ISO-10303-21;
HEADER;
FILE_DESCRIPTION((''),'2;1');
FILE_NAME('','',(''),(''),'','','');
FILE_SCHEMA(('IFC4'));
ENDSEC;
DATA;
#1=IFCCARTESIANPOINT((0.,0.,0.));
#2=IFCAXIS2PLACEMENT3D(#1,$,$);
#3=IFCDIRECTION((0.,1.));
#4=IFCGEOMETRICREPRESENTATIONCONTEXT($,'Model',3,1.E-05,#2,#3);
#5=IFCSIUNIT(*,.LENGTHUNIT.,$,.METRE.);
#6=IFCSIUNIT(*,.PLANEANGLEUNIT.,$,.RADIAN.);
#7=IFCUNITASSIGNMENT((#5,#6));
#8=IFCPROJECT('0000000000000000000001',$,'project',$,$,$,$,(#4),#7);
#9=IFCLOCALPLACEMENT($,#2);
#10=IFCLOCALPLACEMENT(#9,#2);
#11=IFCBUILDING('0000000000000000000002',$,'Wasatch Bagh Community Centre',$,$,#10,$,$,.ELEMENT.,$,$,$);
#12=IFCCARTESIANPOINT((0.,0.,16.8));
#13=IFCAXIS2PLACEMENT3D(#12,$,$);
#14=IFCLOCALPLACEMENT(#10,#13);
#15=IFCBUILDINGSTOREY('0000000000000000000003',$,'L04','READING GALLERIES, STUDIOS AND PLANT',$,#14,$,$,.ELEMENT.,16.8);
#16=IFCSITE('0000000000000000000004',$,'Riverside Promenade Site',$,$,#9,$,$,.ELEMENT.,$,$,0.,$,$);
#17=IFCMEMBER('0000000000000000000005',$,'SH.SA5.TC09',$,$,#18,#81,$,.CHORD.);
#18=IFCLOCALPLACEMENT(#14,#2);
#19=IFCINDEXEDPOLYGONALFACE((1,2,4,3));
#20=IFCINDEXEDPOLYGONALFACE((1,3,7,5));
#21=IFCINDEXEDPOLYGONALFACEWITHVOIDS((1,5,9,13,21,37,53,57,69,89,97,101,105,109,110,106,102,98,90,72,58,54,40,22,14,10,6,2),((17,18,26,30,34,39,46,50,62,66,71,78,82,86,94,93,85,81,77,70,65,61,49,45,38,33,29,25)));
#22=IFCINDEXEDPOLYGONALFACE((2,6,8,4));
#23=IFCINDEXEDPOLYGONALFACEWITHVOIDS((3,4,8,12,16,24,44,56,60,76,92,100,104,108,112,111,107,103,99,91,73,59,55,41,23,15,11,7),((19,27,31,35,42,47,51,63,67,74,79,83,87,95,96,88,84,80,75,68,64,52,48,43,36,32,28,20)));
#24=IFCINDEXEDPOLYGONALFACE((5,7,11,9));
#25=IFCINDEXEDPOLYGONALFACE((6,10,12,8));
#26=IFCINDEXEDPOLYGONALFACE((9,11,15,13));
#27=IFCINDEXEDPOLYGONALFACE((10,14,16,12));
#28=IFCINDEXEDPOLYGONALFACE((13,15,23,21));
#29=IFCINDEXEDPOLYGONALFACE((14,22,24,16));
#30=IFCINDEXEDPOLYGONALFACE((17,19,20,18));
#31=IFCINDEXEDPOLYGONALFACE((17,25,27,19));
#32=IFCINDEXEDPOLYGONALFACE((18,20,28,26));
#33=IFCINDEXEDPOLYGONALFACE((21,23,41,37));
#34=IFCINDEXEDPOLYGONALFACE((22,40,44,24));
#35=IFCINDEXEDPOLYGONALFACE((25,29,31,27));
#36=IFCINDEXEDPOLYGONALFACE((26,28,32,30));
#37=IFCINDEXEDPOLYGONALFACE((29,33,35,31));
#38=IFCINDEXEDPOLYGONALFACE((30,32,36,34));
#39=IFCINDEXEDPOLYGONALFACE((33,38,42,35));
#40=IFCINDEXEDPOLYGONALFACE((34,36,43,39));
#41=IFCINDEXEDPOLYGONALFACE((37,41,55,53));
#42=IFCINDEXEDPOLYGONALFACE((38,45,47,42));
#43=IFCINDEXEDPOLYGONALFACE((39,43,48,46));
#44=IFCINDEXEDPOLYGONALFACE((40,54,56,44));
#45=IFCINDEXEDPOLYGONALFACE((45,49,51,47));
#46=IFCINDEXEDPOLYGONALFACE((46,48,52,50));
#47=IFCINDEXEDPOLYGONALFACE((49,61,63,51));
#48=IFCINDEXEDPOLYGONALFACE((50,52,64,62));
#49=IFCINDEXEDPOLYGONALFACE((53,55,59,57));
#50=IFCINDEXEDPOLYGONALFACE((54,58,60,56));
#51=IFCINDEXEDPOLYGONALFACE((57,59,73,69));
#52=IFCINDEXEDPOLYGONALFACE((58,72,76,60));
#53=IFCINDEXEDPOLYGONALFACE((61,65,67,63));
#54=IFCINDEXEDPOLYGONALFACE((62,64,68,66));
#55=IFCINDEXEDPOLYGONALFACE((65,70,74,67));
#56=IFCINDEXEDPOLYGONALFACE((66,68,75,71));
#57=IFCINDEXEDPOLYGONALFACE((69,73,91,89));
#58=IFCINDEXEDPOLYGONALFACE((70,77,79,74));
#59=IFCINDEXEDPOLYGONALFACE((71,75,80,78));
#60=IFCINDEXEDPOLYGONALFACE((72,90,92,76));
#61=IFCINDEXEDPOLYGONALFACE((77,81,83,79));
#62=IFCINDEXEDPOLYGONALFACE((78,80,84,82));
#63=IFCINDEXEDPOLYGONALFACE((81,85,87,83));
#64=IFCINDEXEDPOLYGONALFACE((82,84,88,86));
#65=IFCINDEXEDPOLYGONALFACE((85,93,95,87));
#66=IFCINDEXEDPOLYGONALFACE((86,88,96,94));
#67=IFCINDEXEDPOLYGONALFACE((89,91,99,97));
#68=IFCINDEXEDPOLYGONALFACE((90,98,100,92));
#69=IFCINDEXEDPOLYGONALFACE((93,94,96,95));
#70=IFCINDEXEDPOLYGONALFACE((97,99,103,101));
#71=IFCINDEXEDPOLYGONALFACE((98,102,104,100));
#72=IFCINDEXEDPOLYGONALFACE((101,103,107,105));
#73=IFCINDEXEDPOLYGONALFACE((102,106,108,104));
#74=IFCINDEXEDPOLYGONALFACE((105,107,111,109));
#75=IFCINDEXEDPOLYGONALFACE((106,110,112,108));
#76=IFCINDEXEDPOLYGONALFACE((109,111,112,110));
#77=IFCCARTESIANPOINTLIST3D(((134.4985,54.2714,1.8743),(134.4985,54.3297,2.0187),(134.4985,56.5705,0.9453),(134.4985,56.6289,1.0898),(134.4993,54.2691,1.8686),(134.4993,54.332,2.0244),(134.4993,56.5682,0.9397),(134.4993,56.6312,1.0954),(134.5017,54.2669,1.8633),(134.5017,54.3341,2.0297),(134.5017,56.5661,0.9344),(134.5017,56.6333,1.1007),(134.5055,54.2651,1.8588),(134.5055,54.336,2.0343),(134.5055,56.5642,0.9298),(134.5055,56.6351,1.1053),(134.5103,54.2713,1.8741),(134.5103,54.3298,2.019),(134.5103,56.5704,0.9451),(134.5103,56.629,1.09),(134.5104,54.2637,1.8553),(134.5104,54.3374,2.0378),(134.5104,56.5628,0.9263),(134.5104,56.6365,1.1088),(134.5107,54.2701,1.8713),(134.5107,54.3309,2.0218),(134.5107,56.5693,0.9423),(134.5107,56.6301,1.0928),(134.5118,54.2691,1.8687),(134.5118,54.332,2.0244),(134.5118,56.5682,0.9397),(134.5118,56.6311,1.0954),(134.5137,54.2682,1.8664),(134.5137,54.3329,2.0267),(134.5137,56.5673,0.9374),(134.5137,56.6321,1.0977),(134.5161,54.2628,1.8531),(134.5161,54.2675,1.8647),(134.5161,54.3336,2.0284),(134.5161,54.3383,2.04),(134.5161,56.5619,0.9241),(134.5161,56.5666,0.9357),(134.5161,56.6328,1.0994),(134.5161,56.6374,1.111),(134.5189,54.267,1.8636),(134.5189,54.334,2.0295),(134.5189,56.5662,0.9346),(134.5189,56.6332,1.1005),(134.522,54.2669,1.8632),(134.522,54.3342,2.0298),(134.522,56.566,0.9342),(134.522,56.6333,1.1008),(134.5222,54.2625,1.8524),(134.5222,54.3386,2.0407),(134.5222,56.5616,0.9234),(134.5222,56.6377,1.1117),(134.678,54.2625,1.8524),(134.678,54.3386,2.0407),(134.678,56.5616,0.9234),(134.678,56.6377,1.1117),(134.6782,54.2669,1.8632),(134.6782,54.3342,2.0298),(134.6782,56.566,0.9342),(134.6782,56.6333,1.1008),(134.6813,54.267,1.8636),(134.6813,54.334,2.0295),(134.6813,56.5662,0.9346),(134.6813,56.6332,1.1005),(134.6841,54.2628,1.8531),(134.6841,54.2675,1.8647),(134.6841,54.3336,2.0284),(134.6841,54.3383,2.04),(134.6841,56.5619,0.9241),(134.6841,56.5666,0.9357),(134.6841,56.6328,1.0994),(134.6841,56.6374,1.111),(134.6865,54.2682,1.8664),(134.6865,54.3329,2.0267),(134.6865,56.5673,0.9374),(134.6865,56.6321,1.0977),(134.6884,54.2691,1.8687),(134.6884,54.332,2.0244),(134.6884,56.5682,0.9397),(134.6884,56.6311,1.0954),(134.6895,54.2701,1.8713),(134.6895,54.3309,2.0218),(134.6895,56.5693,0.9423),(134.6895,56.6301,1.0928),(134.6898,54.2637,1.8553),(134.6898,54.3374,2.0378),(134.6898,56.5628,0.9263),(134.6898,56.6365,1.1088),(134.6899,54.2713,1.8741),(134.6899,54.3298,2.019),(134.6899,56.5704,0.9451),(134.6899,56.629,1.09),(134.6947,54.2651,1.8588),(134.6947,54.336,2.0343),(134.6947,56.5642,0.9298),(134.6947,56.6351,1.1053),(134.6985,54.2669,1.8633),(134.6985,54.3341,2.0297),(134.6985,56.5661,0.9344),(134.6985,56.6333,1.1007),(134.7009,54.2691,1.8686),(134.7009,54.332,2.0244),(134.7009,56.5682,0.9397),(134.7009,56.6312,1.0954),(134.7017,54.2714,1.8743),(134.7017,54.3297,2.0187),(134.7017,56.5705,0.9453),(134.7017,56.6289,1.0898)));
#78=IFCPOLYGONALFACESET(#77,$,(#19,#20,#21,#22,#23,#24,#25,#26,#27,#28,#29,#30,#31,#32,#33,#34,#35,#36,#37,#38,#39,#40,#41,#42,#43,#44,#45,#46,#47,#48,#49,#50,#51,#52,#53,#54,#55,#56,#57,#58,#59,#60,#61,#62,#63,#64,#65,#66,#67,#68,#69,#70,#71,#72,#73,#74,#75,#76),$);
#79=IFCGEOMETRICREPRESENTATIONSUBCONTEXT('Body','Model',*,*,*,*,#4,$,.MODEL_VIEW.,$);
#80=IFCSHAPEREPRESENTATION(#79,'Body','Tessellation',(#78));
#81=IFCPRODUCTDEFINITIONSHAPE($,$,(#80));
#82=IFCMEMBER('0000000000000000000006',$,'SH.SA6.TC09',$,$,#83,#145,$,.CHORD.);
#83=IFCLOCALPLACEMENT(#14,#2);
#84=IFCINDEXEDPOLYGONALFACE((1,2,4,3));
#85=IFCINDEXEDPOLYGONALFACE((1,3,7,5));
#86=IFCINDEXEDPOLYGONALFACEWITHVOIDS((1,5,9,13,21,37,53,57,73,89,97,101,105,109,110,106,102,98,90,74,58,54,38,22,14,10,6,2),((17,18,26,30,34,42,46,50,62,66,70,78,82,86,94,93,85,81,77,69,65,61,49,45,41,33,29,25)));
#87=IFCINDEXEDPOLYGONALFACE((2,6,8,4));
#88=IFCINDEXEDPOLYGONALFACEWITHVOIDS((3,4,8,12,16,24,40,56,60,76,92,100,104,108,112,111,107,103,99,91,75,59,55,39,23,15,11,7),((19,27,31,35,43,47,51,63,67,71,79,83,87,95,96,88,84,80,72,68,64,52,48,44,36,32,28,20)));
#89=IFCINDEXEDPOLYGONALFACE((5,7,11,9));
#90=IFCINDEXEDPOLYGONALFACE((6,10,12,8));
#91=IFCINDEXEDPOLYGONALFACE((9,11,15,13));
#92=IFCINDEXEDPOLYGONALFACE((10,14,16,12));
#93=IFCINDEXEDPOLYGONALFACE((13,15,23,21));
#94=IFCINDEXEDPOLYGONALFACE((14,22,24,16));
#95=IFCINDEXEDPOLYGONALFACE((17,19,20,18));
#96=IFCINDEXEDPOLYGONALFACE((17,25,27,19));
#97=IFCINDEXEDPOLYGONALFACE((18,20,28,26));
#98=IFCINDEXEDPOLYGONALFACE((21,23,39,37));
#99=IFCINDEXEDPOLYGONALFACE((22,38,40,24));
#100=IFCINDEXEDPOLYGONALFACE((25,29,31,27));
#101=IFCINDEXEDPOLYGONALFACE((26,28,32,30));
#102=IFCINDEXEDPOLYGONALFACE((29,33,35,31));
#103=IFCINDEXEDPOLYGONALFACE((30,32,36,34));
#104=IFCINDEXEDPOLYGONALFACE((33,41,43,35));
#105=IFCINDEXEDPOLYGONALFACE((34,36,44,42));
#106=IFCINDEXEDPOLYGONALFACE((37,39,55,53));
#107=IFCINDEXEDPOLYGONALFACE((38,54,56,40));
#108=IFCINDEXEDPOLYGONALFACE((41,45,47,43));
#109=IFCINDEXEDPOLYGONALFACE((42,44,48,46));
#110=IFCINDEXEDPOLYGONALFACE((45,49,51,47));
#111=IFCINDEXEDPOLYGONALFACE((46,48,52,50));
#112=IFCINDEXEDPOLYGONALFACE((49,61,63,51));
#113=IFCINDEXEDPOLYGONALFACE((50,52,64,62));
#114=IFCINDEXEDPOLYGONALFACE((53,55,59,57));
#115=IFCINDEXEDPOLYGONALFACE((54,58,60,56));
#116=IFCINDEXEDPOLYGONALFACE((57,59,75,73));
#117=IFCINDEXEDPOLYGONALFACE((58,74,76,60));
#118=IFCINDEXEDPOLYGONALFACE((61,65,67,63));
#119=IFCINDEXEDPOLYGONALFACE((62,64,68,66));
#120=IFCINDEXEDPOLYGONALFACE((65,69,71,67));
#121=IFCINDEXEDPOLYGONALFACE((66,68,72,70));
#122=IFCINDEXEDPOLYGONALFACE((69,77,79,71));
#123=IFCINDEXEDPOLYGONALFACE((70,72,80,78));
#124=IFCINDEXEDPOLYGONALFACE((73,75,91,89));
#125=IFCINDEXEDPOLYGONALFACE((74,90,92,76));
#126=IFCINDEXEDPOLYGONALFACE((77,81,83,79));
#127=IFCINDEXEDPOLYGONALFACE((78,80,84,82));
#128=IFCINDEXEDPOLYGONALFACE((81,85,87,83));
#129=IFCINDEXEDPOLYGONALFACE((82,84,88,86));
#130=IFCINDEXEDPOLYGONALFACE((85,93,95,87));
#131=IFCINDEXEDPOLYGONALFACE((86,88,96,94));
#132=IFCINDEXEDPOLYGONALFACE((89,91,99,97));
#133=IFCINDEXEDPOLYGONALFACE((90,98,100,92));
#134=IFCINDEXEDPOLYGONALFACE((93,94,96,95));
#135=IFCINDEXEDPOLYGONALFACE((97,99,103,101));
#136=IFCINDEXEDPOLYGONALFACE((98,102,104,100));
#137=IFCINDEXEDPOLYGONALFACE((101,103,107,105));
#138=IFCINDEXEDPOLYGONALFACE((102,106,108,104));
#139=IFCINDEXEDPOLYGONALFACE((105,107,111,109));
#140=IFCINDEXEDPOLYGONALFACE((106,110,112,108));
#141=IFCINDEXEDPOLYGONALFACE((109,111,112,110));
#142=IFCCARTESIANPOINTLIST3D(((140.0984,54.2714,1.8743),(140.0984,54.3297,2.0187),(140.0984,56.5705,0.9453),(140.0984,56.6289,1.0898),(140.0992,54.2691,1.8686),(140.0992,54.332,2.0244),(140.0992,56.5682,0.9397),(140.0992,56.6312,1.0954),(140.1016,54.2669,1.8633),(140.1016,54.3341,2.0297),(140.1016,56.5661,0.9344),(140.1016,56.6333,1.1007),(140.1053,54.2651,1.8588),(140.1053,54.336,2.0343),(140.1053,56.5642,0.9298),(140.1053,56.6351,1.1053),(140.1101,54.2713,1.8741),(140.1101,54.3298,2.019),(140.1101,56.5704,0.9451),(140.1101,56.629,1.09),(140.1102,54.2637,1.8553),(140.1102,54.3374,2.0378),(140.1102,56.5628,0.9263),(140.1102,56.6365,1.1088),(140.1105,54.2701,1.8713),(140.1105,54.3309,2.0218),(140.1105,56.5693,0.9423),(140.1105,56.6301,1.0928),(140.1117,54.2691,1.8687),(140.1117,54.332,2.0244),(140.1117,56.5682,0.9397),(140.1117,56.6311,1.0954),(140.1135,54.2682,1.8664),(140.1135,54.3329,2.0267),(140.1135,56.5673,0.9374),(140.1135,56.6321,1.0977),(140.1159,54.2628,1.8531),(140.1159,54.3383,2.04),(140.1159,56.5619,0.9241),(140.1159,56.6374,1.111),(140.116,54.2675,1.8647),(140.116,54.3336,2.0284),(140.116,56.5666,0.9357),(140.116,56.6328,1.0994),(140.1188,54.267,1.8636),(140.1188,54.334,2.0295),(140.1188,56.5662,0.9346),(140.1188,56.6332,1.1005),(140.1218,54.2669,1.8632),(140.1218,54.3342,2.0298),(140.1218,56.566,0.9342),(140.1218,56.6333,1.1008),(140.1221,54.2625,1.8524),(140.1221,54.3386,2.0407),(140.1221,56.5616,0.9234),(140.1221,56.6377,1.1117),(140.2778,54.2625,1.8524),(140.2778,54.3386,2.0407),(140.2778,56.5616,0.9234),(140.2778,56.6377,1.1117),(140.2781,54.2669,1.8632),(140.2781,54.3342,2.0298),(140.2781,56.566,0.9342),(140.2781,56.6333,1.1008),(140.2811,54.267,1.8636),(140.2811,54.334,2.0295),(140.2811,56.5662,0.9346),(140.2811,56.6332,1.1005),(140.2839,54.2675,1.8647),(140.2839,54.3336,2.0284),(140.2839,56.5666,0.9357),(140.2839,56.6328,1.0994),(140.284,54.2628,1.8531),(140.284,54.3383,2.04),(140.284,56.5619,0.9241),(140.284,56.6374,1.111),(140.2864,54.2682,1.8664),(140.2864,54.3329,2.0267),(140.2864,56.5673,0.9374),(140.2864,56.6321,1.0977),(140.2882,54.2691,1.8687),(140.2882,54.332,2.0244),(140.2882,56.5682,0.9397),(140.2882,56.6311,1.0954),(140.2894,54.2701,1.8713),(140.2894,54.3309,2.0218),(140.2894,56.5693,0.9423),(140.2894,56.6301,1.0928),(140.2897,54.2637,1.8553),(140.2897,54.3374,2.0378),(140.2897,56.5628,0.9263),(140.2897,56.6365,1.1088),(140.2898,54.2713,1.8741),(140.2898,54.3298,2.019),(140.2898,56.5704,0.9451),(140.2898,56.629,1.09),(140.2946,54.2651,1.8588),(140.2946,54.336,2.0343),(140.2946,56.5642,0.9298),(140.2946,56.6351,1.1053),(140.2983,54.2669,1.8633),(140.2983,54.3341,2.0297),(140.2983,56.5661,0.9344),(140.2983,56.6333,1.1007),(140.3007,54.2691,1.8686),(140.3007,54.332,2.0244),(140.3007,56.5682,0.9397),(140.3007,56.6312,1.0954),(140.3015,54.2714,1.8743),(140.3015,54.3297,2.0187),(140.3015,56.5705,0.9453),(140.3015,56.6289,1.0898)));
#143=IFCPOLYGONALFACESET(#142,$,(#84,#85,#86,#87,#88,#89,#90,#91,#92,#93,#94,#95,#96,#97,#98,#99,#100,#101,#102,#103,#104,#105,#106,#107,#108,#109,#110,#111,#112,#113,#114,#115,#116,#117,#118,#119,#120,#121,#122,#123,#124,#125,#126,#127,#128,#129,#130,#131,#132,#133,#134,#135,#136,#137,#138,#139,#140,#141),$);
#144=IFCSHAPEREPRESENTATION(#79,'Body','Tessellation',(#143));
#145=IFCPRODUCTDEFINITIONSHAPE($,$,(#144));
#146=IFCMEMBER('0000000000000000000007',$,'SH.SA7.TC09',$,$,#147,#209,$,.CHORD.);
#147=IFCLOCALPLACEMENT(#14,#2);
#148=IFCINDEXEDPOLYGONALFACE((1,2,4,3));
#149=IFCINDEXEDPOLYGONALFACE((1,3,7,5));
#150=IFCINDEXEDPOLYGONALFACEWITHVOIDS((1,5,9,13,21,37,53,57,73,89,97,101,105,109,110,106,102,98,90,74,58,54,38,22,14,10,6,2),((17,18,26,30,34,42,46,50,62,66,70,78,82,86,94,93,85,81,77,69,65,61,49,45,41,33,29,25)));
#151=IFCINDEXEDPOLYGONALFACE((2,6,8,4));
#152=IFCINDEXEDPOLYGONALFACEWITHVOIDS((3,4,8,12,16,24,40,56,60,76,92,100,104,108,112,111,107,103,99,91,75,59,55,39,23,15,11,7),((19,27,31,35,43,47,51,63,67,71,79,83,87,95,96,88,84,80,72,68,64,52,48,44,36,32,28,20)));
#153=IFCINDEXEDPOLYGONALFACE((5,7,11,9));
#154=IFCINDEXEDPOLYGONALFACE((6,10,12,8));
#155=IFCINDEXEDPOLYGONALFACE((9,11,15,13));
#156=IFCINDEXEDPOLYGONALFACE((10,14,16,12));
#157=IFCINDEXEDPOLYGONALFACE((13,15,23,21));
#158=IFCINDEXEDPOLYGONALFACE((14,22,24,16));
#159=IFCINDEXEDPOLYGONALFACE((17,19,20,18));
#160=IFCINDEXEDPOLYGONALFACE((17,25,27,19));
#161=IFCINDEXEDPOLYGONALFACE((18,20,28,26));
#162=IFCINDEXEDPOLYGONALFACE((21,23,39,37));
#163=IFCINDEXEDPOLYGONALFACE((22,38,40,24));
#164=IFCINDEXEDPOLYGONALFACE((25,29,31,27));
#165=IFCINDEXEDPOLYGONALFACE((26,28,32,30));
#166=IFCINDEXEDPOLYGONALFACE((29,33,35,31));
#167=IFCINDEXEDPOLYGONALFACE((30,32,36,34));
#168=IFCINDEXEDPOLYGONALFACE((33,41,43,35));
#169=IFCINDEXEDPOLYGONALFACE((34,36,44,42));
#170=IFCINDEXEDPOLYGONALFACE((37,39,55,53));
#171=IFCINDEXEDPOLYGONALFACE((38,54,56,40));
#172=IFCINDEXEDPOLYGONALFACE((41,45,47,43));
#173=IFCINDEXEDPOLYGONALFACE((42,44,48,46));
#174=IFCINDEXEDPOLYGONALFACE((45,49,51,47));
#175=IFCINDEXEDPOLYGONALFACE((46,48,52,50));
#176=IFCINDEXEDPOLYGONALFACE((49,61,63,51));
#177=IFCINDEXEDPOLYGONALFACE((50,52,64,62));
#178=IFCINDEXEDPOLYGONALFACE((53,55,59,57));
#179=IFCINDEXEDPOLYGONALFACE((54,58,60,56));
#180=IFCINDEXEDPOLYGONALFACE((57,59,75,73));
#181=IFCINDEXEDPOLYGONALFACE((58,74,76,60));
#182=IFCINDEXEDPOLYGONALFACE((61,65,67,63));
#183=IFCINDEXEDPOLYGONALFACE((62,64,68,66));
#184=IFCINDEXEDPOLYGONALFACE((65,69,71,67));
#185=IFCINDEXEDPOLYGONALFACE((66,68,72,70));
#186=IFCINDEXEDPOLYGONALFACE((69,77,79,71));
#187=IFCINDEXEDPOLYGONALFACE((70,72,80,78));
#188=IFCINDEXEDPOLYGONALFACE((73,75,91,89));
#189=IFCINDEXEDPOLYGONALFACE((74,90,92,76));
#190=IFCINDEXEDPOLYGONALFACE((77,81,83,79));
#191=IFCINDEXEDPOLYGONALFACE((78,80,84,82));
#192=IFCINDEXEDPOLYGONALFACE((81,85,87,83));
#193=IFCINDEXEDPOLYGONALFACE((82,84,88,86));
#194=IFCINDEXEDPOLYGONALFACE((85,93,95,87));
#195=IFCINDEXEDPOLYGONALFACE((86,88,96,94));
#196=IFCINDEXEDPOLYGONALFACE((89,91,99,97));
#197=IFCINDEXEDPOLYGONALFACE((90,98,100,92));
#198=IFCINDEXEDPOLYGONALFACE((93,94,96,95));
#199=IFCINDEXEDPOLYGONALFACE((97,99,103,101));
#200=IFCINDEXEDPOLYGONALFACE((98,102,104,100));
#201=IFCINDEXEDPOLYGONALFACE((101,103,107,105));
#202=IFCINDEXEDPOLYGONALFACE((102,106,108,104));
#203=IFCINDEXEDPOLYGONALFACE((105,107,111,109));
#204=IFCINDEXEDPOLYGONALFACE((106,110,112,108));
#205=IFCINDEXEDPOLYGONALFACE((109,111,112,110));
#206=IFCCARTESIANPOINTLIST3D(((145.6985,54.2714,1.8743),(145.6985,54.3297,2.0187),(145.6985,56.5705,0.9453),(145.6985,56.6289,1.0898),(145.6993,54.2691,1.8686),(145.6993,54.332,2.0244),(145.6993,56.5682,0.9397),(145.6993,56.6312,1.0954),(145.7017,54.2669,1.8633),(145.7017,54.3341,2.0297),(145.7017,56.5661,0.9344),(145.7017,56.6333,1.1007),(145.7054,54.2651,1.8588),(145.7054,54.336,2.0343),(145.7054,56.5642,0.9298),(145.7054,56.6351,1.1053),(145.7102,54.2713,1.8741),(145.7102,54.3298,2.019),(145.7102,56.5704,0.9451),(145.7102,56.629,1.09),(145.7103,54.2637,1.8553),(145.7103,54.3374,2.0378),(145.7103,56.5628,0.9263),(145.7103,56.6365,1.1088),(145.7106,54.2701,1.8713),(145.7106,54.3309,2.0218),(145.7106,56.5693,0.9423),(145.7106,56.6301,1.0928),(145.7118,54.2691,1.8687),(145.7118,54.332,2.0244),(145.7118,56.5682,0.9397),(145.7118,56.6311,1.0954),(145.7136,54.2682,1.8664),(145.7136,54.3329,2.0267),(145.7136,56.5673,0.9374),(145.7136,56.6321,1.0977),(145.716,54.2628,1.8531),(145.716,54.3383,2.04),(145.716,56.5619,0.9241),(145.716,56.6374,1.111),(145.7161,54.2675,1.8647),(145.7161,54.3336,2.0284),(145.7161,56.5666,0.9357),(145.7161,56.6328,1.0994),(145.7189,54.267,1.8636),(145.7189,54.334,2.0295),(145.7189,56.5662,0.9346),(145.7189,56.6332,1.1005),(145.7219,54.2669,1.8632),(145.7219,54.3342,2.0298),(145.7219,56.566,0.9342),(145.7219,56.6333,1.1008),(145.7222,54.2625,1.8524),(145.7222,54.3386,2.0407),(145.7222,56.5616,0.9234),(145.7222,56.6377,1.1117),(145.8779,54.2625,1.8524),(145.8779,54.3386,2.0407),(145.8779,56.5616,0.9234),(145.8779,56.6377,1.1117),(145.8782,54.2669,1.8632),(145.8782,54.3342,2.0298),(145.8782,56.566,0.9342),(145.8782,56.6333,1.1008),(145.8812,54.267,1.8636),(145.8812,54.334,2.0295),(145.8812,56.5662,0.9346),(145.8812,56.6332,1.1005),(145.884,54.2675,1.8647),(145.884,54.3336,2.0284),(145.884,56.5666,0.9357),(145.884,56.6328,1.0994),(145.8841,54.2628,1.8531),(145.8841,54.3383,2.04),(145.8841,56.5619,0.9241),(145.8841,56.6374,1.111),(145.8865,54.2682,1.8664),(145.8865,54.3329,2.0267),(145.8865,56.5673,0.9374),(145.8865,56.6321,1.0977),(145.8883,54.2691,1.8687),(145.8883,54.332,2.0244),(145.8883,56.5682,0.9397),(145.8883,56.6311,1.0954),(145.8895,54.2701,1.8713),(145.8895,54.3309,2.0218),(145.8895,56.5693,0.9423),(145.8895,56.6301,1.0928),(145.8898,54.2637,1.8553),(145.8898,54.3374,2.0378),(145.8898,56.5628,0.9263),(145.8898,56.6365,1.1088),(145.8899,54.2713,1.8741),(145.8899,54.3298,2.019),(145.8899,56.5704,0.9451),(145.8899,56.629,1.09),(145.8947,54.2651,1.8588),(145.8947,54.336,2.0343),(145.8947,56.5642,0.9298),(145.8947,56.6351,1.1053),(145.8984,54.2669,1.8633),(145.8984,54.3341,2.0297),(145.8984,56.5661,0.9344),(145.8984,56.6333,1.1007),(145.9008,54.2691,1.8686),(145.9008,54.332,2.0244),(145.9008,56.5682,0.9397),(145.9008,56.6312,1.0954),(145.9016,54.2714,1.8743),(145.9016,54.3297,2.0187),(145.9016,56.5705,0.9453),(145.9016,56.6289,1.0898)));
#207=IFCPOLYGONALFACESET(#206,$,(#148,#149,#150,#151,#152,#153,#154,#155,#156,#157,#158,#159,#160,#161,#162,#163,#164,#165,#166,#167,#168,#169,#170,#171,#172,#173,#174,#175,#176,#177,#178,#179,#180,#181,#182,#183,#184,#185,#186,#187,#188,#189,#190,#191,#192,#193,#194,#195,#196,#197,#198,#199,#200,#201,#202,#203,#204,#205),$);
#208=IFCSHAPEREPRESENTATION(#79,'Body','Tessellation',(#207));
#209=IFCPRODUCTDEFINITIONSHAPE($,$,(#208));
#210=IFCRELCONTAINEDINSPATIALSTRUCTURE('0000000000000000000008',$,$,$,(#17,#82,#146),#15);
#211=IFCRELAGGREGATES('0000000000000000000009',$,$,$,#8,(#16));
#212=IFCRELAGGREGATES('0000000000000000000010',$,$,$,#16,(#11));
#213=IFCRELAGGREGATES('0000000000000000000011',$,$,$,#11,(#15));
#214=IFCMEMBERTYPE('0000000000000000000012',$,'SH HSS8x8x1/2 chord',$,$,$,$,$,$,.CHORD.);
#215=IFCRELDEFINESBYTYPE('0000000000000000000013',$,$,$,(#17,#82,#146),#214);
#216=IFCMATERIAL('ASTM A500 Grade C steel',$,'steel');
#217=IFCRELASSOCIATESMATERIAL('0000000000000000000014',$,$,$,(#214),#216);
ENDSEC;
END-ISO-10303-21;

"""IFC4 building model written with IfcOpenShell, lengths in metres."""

from ifc_helpers import new_model, si_unit, direction, frame, origin, origin_2d, place, context, subcontext, project, spatial, hollow_rectangle, extrude, material, material_profile, profile_set, type_object, element, save


model = new_model("IFC4")

# Units and contexts
model_context = context("Model", 3, precision=1e-05, world=origin(), true_north=direction((0.0, 1.0)))
body_context = subcontext(model_context, "Body", "Model", "MODEL_VIEW")
ifc_project = project(units=[si_unit("LENGTHUNIT", "METRE"), si_unit("PLANEANGLEUNIT", "RADIAN")], contexts=[model_context])

# Site, building, storey
site_placement = place(None, origin())
site = spatial("IfcSite", under=ifc_project, at=site_placement, Name="Riverside Promenade Site", CompositionType="ELEMENT", RefElevation=0.0)
building_placement = place(site_placement, origin())
building = spatial("IfcBuilding", under=site, at=building_placement, Name="Wasatch Bagh Community Centre", CompositionType="ELEMENT")
storey_placement = place(building_placement, frame((0.0, 0.0, 16.8)))
storey = spatial("IfcBuildingStorey", under=building, at=storey_placement, Name="L04", Description="READING GALLERIES, STUDIOS AND PLANT", CompositionType="ELEMENT", Elevation=16.8)

# Members
ifc_material_1 = material(Name="ASTM A500 Grade C steel", Category="steel")
ifc_material_profile_1 = material_profile(ifc_material_1, hollow_rectangle(XDim=0.2031, YDim=0.2031, WallThickness=0.0117, InnerFilletRadius=0.0117, OuterFilletRadius=0.0237, at=origin_2d()), Name="HSS8x8x1/2")
ifc_profile_set_1 = profile_set([ifc_material_profile_1], Name="ASTM A500 Grade C steel")
member_type_1 = type_object("IfcMemberType", Name="SH HSS8x8x1/2 chord", PredefinedType="CHORD", material=ifc_profile_set_1)
for number, where, z_axis, x_axis, name in (
    (1, (134.6001, 54.3005, 1.9465), (0.0, 0.927174, -0.374631), (-1.0, 0.0, 0.0), "SH.SA5.TC09"),
    (2, (140.2, 54.3005, 1.9465), (0.0, 0.927174, -0.374631), (-1.0, 0.0, 0.0), "SH.SA6.TC09"),
    (3, (145.8, 54.3005, 1.9465), (0.0, 0.927174, -0.374631), (-1.0, 0.0, 0.0), "SH.SA7.TC09"),
):
    element("IfcMember", number, at=place(storey_placement, frame(where, z_axis=z_axis, x_axis=x_axis)), inside=storey, type_object=member_type_1, Name=name, PredefinedType="CHORD", context=body_context, shape_type="SweptSolid", body=[
        extrude(hollow_rectangle(XDim=0.2031, YDim=0.2031, WallThickness=0.0117, InnerFilletRadius=0.0117, OuterFilletRadius=0.0237, at=origin_2d()), origin(), (0.0, 0.0, 1.0), 2.4797),
    ])

save(model, "model.ifc")
